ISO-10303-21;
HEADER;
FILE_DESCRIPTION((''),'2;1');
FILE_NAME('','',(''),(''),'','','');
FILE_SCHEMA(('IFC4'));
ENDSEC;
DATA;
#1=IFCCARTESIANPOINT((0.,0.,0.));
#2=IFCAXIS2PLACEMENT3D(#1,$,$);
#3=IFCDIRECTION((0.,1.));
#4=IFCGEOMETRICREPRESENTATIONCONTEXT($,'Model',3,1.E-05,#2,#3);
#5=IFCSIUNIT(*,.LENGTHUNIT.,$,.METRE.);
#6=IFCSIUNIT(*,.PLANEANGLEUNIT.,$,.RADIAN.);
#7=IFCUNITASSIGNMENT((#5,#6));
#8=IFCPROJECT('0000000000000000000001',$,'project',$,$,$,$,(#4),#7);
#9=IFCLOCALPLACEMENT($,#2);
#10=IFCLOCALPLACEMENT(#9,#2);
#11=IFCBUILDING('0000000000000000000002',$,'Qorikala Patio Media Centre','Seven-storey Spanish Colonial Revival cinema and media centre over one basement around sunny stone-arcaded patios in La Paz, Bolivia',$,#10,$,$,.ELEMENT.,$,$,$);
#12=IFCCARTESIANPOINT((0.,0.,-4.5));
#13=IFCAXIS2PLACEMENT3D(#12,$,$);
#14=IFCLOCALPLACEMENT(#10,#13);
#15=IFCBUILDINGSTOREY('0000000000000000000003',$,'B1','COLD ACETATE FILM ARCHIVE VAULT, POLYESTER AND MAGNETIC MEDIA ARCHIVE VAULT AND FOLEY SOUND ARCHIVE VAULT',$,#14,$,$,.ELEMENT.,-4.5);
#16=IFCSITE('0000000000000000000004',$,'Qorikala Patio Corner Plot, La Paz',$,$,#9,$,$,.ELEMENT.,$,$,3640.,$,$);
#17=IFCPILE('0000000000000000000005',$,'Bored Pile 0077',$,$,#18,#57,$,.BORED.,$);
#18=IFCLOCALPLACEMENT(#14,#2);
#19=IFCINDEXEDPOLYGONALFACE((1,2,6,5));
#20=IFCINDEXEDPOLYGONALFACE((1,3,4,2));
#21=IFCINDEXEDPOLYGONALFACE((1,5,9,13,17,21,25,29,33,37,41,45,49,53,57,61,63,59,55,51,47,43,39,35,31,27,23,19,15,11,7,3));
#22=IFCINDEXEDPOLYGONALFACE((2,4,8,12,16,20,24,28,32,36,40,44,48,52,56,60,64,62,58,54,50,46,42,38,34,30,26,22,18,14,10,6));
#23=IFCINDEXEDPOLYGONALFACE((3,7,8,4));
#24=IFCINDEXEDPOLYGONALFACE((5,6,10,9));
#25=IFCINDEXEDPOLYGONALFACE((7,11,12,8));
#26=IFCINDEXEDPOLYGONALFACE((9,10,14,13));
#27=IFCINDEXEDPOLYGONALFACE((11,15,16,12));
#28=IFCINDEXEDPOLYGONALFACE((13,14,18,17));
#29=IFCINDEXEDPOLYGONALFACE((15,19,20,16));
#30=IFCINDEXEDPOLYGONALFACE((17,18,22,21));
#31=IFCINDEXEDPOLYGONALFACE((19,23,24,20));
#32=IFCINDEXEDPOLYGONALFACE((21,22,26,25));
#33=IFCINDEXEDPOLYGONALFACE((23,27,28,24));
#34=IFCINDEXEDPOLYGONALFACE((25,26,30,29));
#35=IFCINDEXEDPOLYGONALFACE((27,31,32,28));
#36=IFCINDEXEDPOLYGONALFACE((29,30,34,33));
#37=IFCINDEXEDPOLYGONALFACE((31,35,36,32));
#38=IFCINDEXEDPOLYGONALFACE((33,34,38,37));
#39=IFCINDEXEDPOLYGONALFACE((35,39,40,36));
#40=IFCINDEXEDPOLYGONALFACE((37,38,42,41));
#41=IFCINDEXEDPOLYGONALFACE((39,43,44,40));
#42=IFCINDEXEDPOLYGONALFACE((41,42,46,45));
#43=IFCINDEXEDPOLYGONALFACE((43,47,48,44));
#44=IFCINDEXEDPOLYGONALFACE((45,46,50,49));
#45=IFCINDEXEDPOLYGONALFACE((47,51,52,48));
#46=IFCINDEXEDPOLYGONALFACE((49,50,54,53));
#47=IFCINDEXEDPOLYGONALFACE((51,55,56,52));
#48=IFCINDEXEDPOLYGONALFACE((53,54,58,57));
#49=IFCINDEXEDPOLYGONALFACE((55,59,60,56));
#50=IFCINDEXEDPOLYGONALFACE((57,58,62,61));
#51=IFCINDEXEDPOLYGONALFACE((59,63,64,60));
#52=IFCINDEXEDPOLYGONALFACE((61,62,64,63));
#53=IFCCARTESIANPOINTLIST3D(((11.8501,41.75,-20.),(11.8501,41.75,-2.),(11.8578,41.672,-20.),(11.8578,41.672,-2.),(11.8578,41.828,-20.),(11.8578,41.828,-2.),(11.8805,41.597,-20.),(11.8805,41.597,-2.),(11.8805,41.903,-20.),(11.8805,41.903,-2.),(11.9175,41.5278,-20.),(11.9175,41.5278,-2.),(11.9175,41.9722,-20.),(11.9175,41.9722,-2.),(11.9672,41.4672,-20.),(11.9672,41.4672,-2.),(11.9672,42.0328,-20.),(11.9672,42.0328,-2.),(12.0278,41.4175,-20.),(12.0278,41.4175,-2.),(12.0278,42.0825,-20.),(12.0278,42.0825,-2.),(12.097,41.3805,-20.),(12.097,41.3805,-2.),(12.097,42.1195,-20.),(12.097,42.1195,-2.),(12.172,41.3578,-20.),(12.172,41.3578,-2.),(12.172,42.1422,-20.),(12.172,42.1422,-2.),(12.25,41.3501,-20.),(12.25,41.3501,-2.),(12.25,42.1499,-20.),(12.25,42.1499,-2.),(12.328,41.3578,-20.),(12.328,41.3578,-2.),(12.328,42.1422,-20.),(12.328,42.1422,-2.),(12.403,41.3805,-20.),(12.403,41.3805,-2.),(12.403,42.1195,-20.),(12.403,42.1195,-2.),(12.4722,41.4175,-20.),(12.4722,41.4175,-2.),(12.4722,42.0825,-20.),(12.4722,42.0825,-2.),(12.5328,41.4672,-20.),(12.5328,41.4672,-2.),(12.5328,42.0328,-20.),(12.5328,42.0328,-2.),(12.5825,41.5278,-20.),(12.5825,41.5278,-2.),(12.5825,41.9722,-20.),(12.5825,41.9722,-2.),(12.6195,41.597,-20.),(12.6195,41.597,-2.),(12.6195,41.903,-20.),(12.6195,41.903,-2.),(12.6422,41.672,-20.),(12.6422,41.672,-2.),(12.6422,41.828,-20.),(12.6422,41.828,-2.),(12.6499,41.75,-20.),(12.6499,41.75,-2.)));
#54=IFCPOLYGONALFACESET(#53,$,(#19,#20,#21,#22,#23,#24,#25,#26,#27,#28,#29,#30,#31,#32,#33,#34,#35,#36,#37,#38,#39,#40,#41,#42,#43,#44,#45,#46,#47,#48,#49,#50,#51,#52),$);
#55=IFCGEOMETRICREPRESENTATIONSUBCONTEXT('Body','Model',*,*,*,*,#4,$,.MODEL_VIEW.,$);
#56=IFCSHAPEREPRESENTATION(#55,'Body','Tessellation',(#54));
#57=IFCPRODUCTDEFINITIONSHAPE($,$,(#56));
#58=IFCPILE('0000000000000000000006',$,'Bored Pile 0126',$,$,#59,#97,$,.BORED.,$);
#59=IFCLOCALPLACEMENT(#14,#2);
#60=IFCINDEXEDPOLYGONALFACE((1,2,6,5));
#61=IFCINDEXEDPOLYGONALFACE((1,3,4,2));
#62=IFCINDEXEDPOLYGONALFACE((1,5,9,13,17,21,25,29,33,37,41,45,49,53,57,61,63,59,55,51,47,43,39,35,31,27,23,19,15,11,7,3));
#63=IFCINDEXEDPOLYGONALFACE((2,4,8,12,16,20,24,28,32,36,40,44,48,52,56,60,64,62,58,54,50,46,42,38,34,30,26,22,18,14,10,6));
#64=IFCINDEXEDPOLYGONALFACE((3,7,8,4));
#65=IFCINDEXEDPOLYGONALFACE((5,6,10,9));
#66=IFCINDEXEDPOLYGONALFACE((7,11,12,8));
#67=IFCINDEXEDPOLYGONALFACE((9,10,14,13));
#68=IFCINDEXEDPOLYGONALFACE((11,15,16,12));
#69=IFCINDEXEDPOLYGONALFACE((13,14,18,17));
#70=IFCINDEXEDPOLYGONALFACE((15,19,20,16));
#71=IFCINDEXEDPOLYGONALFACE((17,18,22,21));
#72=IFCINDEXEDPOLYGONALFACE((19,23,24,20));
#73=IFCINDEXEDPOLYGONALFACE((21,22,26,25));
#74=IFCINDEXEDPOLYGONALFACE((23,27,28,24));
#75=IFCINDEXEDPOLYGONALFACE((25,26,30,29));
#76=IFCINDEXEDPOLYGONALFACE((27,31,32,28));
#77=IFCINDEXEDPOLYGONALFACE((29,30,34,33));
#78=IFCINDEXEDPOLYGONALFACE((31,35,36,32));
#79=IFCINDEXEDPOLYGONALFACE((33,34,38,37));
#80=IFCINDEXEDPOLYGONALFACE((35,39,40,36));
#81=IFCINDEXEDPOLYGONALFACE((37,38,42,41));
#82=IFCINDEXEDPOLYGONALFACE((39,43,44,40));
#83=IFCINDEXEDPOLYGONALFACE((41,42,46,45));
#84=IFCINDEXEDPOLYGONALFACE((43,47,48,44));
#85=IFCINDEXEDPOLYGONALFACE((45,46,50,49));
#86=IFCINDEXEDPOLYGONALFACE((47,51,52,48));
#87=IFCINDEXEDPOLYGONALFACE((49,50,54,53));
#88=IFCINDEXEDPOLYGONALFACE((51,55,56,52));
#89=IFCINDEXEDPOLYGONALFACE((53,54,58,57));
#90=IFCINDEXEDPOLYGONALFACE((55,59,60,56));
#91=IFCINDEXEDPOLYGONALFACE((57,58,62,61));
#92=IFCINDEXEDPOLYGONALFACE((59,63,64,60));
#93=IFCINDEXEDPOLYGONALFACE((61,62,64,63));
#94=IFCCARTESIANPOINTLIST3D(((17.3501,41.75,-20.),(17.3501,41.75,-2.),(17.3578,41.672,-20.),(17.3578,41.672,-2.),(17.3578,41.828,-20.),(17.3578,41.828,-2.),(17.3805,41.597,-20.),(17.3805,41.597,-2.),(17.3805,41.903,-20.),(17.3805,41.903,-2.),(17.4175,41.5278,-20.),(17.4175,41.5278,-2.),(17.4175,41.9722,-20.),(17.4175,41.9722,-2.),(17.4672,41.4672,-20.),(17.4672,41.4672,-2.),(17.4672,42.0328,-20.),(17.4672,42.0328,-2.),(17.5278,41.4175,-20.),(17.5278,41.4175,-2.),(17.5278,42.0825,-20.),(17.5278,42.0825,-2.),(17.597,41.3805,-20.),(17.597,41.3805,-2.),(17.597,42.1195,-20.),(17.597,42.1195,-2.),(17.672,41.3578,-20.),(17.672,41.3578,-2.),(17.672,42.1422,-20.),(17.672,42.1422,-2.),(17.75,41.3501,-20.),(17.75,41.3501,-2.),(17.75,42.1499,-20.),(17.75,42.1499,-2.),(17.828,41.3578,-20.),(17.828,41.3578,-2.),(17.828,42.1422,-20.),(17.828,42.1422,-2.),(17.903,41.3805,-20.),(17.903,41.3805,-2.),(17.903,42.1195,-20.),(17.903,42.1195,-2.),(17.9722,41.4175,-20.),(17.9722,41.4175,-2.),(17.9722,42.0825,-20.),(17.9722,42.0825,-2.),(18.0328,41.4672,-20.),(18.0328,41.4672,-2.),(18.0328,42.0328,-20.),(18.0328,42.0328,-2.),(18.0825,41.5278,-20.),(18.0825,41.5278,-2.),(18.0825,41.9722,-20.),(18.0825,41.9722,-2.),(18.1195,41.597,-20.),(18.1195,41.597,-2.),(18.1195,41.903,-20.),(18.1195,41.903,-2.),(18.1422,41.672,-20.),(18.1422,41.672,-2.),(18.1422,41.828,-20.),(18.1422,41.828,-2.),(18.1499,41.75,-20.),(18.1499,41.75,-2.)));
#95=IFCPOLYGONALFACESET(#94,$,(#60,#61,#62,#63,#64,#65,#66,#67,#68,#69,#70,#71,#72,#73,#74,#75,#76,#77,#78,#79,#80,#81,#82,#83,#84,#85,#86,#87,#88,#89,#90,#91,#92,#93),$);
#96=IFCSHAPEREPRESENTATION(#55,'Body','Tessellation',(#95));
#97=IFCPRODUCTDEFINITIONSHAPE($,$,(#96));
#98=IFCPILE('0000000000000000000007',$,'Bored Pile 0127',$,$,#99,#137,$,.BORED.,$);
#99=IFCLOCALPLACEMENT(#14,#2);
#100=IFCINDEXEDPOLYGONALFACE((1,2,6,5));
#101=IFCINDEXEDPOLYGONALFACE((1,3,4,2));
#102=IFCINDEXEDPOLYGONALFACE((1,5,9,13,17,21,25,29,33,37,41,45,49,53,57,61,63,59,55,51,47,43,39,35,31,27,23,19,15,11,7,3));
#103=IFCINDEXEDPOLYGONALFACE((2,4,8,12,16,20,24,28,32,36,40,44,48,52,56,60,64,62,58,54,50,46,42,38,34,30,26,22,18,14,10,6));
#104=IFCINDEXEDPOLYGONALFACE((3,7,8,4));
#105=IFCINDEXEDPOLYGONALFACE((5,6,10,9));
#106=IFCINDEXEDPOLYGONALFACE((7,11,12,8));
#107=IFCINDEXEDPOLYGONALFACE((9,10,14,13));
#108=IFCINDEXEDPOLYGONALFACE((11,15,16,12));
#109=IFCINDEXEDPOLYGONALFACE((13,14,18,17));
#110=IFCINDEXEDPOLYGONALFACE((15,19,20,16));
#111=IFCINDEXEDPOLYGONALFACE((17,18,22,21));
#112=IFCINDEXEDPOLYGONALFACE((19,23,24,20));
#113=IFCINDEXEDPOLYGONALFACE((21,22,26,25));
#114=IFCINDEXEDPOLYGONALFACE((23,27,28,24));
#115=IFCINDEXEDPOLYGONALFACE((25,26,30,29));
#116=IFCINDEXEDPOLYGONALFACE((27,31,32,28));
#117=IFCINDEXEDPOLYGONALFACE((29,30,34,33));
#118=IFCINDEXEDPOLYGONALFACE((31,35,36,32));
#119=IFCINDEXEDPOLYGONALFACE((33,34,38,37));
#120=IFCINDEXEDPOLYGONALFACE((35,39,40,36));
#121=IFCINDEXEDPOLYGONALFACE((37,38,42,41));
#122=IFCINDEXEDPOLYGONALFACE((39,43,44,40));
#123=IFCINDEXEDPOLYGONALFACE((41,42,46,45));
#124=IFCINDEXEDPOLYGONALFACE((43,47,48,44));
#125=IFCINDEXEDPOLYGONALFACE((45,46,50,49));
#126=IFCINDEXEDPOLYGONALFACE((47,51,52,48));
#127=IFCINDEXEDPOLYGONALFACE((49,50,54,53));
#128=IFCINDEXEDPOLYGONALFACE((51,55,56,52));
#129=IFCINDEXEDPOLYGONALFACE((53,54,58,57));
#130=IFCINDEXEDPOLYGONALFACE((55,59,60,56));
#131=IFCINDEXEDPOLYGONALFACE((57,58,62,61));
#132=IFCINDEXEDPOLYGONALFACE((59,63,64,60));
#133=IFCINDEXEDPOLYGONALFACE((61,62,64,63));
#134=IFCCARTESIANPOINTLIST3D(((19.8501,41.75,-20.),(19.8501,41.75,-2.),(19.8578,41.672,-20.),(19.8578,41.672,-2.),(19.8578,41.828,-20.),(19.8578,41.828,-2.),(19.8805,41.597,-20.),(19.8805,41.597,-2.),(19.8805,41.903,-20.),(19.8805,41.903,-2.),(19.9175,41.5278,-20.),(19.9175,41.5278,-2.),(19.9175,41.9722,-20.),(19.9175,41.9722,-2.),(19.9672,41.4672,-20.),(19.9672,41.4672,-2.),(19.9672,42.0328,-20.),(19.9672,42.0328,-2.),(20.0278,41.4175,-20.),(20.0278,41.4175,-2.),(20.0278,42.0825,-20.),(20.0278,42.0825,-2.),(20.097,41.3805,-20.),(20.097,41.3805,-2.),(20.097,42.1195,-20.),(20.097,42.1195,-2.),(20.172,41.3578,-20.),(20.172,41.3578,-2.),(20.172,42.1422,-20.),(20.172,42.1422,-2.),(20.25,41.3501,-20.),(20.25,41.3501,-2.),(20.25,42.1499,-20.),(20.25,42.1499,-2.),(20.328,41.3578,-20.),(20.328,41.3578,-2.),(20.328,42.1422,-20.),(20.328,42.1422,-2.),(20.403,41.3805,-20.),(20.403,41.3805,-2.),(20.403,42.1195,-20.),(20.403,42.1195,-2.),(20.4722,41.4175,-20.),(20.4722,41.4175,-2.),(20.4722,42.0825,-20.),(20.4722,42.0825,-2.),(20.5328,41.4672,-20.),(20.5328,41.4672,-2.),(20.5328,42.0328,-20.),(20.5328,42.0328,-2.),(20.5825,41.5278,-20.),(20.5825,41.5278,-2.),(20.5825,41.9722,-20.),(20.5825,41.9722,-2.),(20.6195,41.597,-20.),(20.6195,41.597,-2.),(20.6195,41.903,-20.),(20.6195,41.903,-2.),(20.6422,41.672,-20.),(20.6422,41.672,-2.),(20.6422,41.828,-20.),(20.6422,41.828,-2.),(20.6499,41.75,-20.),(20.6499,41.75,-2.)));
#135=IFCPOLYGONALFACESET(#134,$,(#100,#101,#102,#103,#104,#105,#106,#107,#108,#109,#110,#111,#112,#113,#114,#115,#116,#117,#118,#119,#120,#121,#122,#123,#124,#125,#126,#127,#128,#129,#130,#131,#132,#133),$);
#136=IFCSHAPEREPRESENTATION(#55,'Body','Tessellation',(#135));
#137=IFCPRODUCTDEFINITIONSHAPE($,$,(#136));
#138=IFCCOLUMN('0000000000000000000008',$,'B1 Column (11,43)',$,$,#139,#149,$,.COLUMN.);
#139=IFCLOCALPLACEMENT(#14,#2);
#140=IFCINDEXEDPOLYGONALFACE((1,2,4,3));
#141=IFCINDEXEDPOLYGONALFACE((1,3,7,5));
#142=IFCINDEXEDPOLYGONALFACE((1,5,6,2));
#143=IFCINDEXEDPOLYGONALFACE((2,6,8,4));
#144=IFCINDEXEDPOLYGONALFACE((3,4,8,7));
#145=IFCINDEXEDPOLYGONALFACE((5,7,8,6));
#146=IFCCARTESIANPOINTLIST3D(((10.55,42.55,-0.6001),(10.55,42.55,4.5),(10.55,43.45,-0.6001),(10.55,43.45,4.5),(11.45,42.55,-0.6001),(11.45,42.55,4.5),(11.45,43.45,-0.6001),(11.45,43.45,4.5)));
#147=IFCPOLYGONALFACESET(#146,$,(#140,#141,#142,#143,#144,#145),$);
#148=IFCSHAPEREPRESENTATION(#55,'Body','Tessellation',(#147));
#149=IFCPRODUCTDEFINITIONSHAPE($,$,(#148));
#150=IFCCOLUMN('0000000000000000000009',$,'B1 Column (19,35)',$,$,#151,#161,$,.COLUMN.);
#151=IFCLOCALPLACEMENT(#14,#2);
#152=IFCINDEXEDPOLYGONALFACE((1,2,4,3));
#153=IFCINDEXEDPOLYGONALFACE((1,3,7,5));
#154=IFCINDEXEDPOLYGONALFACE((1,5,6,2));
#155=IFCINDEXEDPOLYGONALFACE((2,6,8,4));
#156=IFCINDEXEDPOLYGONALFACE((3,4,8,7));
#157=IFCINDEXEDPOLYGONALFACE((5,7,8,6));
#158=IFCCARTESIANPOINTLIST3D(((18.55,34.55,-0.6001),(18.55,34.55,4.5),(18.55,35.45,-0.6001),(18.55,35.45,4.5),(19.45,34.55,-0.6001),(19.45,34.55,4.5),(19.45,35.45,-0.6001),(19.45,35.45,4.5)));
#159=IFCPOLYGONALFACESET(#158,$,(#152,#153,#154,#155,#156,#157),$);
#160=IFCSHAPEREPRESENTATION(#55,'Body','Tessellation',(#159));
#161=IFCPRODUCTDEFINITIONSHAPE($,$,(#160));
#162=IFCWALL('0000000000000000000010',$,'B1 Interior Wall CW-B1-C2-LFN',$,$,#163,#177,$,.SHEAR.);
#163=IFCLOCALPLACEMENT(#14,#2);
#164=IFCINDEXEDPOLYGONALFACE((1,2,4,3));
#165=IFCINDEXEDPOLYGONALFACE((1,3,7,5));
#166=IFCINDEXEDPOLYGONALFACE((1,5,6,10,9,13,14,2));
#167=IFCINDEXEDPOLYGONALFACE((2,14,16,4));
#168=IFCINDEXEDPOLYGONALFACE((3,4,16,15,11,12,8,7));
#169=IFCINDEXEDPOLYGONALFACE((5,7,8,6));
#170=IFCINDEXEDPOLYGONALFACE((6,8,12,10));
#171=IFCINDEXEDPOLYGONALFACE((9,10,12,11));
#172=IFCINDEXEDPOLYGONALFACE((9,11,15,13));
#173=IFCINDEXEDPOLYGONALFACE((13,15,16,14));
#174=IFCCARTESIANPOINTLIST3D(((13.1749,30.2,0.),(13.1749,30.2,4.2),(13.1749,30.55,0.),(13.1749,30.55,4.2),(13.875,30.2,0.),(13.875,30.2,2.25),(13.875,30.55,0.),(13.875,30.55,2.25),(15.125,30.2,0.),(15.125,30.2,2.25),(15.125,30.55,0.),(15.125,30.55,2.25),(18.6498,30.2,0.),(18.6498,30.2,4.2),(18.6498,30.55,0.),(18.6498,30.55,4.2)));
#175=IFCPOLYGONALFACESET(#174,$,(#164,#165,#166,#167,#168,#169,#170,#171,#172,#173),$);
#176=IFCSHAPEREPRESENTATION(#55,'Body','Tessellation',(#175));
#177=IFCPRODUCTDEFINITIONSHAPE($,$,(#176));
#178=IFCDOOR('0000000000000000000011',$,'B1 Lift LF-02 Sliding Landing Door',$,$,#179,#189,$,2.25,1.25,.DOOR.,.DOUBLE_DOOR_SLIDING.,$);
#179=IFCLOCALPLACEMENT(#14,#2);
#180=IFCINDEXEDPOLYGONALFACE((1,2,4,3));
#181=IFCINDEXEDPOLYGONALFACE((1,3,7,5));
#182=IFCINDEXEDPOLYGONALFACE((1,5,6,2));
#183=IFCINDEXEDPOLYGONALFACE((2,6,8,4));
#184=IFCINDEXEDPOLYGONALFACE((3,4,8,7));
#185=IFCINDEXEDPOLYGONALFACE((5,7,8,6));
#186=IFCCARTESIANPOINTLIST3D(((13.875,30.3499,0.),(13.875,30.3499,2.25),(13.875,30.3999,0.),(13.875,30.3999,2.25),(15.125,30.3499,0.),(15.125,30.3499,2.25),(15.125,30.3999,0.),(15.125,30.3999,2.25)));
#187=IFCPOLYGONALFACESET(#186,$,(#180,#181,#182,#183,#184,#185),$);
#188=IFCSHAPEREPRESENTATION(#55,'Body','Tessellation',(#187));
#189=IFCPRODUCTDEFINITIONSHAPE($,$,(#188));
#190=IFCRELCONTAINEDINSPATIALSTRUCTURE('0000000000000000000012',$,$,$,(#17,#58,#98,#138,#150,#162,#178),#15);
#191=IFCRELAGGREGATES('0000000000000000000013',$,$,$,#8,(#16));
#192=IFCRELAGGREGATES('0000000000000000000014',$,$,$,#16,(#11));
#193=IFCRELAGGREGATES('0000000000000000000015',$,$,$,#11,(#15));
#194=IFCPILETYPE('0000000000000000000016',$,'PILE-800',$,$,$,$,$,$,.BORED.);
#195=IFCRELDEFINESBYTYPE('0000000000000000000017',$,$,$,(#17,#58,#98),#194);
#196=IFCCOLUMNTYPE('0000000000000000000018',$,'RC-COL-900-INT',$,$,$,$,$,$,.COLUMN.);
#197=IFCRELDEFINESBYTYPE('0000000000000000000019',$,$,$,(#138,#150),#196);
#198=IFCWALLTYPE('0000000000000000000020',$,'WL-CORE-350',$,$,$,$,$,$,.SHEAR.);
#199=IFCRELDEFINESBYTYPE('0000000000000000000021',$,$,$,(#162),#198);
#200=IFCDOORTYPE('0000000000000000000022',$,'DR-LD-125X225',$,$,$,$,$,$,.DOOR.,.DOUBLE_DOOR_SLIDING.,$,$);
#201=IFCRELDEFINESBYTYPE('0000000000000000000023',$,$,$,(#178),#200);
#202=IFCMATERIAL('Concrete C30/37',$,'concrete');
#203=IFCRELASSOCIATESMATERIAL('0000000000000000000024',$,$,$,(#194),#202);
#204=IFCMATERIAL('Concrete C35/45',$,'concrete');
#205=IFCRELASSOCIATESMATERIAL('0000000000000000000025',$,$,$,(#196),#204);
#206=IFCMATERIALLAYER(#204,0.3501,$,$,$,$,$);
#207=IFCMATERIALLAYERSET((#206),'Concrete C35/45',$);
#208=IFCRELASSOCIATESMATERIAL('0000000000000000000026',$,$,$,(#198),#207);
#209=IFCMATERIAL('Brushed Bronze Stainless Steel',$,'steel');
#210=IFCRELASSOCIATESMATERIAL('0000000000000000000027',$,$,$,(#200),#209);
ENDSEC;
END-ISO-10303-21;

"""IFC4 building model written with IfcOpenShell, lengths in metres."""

from ifc_helpers import new_model, si_unit, direction, frame, frame_2d, origin, origin_2d, place, context, subcontext, project, spatial, rectangle, circle, extrude, material, layer, layer_set, material_profile, profile_set, type_object, element, fill, save


model = new_model("IFC4")

# Units and contexts
model_context = context("Model", 3, precision=1e-05, world=origin(), true_north=direction((0.0, 1.0)))
body_context = subcontext(model_context, "Body", "Model", "MODEL_VIEW")
ifc_project = project(units=[si_unit("LENGTHUNIT", "METRE"), si_unit("PLANEANGLEUNIT", "RADIAN")], contexts=[model_context])

# Site, building, storey
site_placement = place(None, origin())
site = spatial("IfcSite", under=ifc_project, at=site_placement, Name="Qorikala Patio Corner Plot, La Paz", CompositionType="ELEMENT", RefElevation=3640.0)
building_placement = place(site_placement, origin())
building = spatial("IfcBuilding", under=site, at=building_placement, Name="Qorikala Patio Media Centre", Description="Seven-storey Spanish Colonial Revival cinema and media centre over one basement around sunny stone-arcaded patios in La Paz, Bolivia", CompositionType="ELEMENT")
storey_placement = place(building_placement, frame((0.0, 0.0, -4.5)))
storey = spatial("IfcBuildingStorey", under=building, at=storey_placement, Name="B1", Description="COLD ACETATE FILM ARCHIVE VAULT, POLYESTER AND MAGNETIC MEDIA ARCHIVE VAULT AND FOLEY SOUND ARCHIVE VAULT", CompositionType="ELEMENT", Elevation=-4.5)

# Shared definitions
ifc_material_1 = material(Name="Concrete C30/37", Category="concrete")

# Piles
ifc_material_profile_1 = material_profile(ifc_material_1, circle(Radius=0.3999, at=origin_2d()), Name="BORED PILE 800")
ifc_profile_set_1 = profile_set([ifc_material_profile_1], Name="Concrete C30/37")
pile_type_1 = type_object("IfcPileType", Name="PILE-800", PredefinedType="BORED", material=ifc_profile_set_1)
for number, where, z_axis, x_axis, name in (
    (1, (12.25, 41.75, -2.0), (0.0, 0.0, -1.0), (1.0, 0.0, 0.0), "Bored Pile 0077"),
    (2, (17.75, 41.75, -2.0), (0.0, 0.0, -1.0), (1.0, 0.0, 0.0), "Bored Pile 0126"),
    (3, (20.25, 41.75, -2.0), (0.0, 0.0, -1.0), (1.0, 0.0, 0.0), "Bored Pile 0127"),
):
    element("IfcPile", number, at=place(storey_placement, frame(where, z_axis=z_axis, x_axis=x_axis)), inside=storey, type_object=pile_type_1, Name=name, PredefinedType="BORED", context=body_context, shape_type="SweptSolid", body=[
        extrude(circle(Radius=0.3999, at=origin_2d()), origin(), (0.0, 0.0, 1.0), 18.0),
    ])

# Columns
ifc_material_2 = material(Name="Concrete C35/45", Category="concrete")
ifc_material_profile_2 = material_profile(ifc_material_2, rectangle(XDim=0.8999, YDim=0.8999, at=origin_2d()), Name="RC 900x900")
ifc_profile_set_2 = profile_set([ifc_material_profile_2], Name="Concrete C35/45")
column_type = type_object("IfcColumnType", Name="RC-COL-900-INT", PredefinedType="COLUMN", material=ifc_profile_set_2)
for number, where, z_axis, x_axis, name in (
    (4, (11.0, 43.0, -0.6001), (0.0, 0.0, 1.0), (1.0, 0.0, 0.0), "B1 Column (11,43)"),
    (5, (19.0, 35.0, -0.6001), (0.0, 0.0, 1.0), (1.0, 0.0, 0.0), "B1 Column (19,35)"),
):
    element("IfcColumn", number, at=place(storey_placement, frame(where, z_axis=z_axis, x_axis=x_axis)), inside=storey, type_object=column_type, Name=name, PredefinedType="COLUMN", context=body_context, shape_type="SweptSolid", body=[
        extrude(rectangle(XDim=0.8999, YDim=0.8999, at=origin_2d()), origin(), (0.0, 0.0, 1.0), 5.1001),
    ])

# Wall, opening, door
ifc_layer_1 = layer(ifc_material_2, 0.3501)
ifc_layer_set_1 = layer_set([ifc_layer_1], Name="Concrete C35/45")
wall_type_1 = type_object("IfcWallType", Name="WL-CORE-350", PredefinedType="SHEAR", material=ifc_layer_set_1)
wall_1_placement = place(storey_placement, frame((13.175, 30.375, 0.0), z_axis=(0.0, 0.0, 1.0), x_axis=(1.0, 0.0, 0.0)))
wall_1 = element("IfcWall", 6, at=wall_1_placement, inside=storey, type_object=wall_type_1, Name="B1 Interior Wall CW-B1-C2-LFN", PredefinedType="SHEAR", context=body_context, shape_type="SweptSolid", body=[
    extrude(rectangle(XDim=5.4749, YDim=0.3501, at=frame_2d((2.7373, 0.0))), origin(), (0.0, 0.0, 1.0), 4.2),
])
opening_1_placement = place(wall_1_placement, frame((0.7, 0.0, 0.0)))
opening_1 = element("IfcOpeningElement", 7, at=opening_1_placement, cuts=wall_1, PredefinedType="OPENING", context=body_context, shape_type="SweptSolid", body=[
    extrude(rectangle(XDim=1.25, YDim=2.25, at=frame_2d((0.625, 1.125))), frame((0.0, 0.1851, 0.0), z_axis=(0.0, -1.0, 0.0), x_axis=(1.0, 0.0, 0.0)), (0.0, 0.0, 1.0), 0.3701),
])
ifc_material_3 = material(Name="Brushed Bronze Stainless Steel", Category="steel")
door_type_1 = type_object("IfcDoorType", Name="DR-LD-125X225", OperationType="DOUBLE_DOOR_SLIDING", PredefinedType="DOOR", material=ifc_material_3)
door_1_placement = place(opening_1_placement, origin())
door_1 = element("IfcDoor", 8, at=door_1_placement, inside=storey, type_object=door_type_1, Name="B1 Lift LF-02 Sliding Landing Door", OperationType="DOUBLE_DOOR_SLIDING", OverallHeight=2.25, OverallWidth=1.25, PredefinedType="DOOR", context=body_context, shape_type="SweptSolid", body=[
    extrude(rectangle(XDim=1.25, YDim=2.25, at=frame_2d((0.625, 1.125))), frame((0.0, 0.0249, 0.0), z_axis=(0.0, -1.0, 0.0), x_axis=(1.0, 0.0, 0.0)), (0.0, 0.0, 1.0), 0.05),
])
fill(opening_1, door_1)

save(model, "model.ifc")
